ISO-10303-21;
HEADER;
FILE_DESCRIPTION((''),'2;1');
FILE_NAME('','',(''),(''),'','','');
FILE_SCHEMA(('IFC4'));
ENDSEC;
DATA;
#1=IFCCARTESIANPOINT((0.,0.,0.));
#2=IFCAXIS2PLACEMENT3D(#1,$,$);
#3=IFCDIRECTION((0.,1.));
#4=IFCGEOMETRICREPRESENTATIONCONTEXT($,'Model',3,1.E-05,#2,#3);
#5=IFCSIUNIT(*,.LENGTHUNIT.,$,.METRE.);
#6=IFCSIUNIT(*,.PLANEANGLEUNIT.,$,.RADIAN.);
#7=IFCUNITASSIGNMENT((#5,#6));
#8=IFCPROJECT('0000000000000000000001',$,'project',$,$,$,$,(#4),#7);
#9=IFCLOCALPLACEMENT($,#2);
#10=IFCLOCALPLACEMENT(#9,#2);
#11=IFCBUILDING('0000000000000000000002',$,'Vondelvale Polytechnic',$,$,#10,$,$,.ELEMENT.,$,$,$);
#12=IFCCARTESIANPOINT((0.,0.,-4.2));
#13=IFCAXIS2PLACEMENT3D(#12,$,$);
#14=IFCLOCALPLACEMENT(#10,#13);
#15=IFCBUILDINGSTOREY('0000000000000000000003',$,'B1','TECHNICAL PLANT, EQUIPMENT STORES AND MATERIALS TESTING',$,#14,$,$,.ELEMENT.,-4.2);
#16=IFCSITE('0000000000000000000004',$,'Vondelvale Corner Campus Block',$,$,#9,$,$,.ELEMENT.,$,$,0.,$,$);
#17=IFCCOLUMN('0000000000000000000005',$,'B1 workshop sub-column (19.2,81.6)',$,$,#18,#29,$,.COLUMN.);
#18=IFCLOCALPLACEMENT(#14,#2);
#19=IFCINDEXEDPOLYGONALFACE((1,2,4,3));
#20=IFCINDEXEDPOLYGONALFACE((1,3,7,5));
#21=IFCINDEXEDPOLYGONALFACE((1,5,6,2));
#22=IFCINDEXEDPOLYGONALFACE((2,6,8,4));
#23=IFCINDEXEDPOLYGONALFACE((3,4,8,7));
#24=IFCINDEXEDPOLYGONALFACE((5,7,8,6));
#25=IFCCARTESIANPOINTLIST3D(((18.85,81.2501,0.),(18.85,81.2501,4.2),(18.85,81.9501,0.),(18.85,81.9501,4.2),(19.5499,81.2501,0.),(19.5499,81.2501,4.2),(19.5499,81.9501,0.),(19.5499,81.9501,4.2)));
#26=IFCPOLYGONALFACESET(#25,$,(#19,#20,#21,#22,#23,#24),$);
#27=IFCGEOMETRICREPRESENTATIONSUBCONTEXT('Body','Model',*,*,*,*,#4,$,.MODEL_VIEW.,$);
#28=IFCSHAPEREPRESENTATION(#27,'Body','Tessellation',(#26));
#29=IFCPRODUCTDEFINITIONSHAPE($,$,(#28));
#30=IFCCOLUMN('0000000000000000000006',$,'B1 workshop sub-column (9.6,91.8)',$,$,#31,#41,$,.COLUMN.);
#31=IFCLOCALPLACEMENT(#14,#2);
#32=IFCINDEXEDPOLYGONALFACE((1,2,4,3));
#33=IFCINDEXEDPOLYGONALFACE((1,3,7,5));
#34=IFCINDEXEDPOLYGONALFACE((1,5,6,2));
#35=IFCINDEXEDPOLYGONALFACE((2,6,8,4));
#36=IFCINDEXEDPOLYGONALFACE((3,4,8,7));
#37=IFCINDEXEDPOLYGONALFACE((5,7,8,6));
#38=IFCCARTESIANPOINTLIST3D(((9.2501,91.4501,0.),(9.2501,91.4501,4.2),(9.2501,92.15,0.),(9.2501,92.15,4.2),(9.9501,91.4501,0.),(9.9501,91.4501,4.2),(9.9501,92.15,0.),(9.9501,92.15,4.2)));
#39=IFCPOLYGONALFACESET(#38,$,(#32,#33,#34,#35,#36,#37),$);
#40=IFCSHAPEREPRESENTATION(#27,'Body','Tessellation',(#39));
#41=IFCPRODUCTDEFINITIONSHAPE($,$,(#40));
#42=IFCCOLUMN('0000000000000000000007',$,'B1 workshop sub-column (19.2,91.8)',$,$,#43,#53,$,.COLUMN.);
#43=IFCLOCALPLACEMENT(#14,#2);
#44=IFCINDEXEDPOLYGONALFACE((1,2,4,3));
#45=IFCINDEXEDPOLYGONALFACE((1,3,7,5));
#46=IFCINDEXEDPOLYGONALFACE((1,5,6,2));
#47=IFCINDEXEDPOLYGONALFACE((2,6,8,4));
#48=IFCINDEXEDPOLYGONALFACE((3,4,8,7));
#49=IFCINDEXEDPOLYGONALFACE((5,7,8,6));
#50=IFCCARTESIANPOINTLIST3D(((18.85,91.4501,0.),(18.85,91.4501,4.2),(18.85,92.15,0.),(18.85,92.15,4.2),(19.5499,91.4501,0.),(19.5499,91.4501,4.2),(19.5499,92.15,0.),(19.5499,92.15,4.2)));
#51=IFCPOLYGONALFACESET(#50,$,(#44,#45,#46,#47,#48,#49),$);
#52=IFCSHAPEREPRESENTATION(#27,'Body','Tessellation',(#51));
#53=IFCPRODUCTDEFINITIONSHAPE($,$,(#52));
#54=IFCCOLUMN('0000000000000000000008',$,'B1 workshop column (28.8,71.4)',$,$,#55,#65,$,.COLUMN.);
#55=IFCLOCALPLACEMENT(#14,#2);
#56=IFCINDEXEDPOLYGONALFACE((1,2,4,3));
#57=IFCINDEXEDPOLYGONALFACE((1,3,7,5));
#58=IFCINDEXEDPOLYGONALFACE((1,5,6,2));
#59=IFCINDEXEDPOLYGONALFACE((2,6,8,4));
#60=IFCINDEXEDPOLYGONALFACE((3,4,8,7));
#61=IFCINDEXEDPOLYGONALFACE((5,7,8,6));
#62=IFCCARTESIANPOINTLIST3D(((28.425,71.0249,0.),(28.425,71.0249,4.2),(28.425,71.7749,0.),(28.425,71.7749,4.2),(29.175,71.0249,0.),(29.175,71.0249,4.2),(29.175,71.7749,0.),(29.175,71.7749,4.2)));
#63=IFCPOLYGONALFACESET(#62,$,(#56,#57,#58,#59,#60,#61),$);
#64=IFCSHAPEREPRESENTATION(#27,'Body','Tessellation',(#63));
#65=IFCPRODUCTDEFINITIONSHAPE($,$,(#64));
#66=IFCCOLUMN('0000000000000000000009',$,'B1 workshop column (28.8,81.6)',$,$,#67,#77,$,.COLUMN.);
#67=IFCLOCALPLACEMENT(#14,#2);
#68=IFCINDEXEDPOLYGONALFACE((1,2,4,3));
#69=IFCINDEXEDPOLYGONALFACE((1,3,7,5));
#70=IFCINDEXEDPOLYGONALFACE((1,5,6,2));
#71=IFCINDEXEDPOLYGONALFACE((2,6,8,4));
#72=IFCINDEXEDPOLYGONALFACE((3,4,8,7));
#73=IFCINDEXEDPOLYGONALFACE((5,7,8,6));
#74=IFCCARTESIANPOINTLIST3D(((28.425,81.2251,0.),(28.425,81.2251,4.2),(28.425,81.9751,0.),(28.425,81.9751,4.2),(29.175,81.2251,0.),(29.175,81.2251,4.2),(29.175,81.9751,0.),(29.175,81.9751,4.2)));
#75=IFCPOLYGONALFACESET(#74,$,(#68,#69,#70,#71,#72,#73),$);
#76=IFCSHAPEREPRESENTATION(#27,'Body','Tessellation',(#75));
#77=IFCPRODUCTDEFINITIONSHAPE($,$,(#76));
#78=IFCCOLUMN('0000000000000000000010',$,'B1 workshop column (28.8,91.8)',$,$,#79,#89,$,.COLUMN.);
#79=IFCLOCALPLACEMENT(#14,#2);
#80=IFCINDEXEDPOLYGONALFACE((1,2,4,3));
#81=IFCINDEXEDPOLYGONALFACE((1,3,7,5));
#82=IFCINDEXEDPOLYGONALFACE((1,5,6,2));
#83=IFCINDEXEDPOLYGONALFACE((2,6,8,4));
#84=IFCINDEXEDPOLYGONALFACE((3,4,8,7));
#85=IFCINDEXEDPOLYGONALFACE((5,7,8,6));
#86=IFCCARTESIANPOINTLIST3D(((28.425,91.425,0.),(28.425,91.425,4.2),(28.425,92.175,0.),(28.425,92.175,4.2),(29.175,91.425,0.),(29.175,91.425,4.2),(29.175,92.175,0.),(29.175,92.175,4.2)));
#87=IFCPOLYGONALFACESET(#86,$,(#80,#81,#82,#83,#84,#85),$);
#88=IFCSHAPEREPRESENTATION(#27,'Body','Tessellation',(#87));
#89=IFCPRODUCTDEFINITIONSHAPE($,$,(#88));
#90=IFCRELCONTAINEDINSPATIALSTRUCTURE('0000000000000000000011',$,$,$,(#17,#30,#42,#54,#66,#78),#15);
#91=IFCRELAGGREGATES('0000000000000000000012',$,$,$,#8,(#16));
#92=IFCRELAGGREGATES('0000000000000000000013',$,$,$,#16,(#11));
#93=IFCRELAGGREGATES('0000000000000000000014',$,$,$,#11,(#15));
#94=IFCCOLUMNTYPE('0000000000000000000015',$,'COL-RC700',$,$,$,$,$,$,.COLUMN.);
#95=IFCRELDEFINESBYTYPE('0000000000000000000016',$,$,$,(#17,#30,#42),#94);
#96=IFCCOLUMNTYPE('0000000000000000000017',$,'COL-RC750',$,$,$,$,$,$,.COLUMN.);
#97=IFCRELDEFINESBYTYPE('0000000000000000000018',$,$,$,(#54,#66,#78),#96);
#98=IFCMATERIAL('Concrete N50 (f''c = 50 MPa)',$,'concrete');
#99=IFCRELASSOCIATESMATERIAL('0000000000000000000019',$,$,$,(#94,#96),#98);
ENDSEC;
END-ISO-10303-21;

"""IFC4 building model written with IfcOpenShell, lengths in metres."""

from ifc_helpers import new_model, si_unit, direction, frame, origin, origin_2d, place, context, subcontext, project, spatial, rectangle, extrude, material, material_profile, profile_set, type_object, element, save


model = new_model("IFC4")

# Units and contexts
model_context = context("Model", 3, precision=1e-05, world=origin(), true_north=direction((0.0, 1.0)))
body_context = subcontext(model_context, "Body", "Model", "MODEL_VIEW")
ifc_project = project(units=[si_unit("LENGTHUNIT", "METRE"), si_unit("PLANEANGLEUNIT", "RADIAN")], contexts=[model_context])

# Site, building, storey
site_placement = place(None, origin())
site = spatial("IfcSite", under=ifc_project, at=site_placement, Name="Vondelvale Corner Campus Block", CompositionType="ELEMENT", RefElevation=0.0)
building_placement = place(site_placement, origin())
building = spatial("IfcBuilding", under=site, at=building_placement, Name="Vondelvale Polytechnic", CompositionType="ELEMENT")
storey_placement = place(building_placement, frame((0.0, 0.0, -4.2)))
storey = spatial("IfcBuildingStorey", under=building, at=storey_placement, Name="B1", Description="TECHNICAL PLANT, EQUIPMENT STORES AND MATERIALS TESTING", CompositionType="ELEMENT", Elevation=-4.2)

# Columns
ifc_material_1 = material(Name="Concrete N50 (f'c = 50 MPa)", Category="concrete")
ifc_material_profile_1 = material_profile(ifc_material_1, rectangle(XDim=0.7, YDim=0.7, at=origin_2d()), Name="RC-COL-700x700")
ifc_profile_set_1 = profile_set([ifc_material_profile_1], Name="Concrete N50 (f'c = 50 MPa)")
column_type_1 = type_object("IfcColumnType", Name="COL-RC700", PredefinedType="COLUMN", material=ifc_profile_set_1)
for number, where, z_axis, x_axis, name in (
    (1, (19.2, 81.6001, 0.0), (0.0, 0.0, 1.0), (1.0, 0.0, 0.0), "B1 workshop sub-column (19.2,81.6)"),
    (2, (9.6001, 91.8, 0.0), (0.0, 0.0, 1.0), (1.0, 0.0, 0.0), "B1 workshop sub-column (9.6,91.8)"),
    (3, (19.2, 91.8, 0.0), (0.0, 0.0, 1.0), (1.0, 0.0, 0.0), "B1 workshop sub-column (19.2,91.8)"),
):
    element("IfcColumn", number, at=place(storey_placement, frame(where, z_axis=z_axis, x_axis=x_axis)), inside=storey, type_object=column_type_1, Name=name, PredefinedType="COLUMN", context=body_context, shape_type="SweptSolid", body=[
        extrude(rectangle(XDim=0.7, YDim=0.7, at=origin_2d()), origin(), (0.0, 0.0, 1.0), 4.2),
    ])
ifc_material_profile_2 = material_profile(ifc_material_1, rectangle(XDim=0.75, YDim=0.75, at=origin_2d()), Name="RC-COL-750x750")
ifc_profile_set_2 = profile_set([ifc_material_profile_2], Name="Concrete N50 (f'c = 50 MPa)")
column_type_2 = type_object("IfcColumnType", Name="COL-RC750", PredefinedType="COLUMN", material=ifc_profile_set_2)
for number, where, z_axis, x_axis, name in (
    (4, (28.8, 71.3999, 0.0), (0.0, 0.0, 1.0), (1.0, 0.0, 0.0), "B1 workshop column (28.8,71.4)"),
    (5, (28.8, 81.6001, 0.0), (0.0, 0.0, 1.0), (1.0, 0.0, 0.0), "B1 workshop column (28.8,81.6)"),
    (6, (28.8, 91.8, 0.0), (0.0, 0.0, 1.0), (1.0, 0.0, 0.0), "B1 workshop column (28.8,91.8)"),
):
    element("IfcColumn", number, at=place(storey_placement, frame(where, z_axis=z_axis, x_axis=x_axis)), inside=storey, type_object=column_type_2, Name=name, PredefinedType="COLUMN", context=body_context, shape_type="SweptSolid", body=[
        extrude(rectangle(XDim=0.75, YDim=0.75, at=origin_2d()), origin(), (0.0, 0.0, 1.0), 4.2),
    ])

save(model, "model.ifc")
